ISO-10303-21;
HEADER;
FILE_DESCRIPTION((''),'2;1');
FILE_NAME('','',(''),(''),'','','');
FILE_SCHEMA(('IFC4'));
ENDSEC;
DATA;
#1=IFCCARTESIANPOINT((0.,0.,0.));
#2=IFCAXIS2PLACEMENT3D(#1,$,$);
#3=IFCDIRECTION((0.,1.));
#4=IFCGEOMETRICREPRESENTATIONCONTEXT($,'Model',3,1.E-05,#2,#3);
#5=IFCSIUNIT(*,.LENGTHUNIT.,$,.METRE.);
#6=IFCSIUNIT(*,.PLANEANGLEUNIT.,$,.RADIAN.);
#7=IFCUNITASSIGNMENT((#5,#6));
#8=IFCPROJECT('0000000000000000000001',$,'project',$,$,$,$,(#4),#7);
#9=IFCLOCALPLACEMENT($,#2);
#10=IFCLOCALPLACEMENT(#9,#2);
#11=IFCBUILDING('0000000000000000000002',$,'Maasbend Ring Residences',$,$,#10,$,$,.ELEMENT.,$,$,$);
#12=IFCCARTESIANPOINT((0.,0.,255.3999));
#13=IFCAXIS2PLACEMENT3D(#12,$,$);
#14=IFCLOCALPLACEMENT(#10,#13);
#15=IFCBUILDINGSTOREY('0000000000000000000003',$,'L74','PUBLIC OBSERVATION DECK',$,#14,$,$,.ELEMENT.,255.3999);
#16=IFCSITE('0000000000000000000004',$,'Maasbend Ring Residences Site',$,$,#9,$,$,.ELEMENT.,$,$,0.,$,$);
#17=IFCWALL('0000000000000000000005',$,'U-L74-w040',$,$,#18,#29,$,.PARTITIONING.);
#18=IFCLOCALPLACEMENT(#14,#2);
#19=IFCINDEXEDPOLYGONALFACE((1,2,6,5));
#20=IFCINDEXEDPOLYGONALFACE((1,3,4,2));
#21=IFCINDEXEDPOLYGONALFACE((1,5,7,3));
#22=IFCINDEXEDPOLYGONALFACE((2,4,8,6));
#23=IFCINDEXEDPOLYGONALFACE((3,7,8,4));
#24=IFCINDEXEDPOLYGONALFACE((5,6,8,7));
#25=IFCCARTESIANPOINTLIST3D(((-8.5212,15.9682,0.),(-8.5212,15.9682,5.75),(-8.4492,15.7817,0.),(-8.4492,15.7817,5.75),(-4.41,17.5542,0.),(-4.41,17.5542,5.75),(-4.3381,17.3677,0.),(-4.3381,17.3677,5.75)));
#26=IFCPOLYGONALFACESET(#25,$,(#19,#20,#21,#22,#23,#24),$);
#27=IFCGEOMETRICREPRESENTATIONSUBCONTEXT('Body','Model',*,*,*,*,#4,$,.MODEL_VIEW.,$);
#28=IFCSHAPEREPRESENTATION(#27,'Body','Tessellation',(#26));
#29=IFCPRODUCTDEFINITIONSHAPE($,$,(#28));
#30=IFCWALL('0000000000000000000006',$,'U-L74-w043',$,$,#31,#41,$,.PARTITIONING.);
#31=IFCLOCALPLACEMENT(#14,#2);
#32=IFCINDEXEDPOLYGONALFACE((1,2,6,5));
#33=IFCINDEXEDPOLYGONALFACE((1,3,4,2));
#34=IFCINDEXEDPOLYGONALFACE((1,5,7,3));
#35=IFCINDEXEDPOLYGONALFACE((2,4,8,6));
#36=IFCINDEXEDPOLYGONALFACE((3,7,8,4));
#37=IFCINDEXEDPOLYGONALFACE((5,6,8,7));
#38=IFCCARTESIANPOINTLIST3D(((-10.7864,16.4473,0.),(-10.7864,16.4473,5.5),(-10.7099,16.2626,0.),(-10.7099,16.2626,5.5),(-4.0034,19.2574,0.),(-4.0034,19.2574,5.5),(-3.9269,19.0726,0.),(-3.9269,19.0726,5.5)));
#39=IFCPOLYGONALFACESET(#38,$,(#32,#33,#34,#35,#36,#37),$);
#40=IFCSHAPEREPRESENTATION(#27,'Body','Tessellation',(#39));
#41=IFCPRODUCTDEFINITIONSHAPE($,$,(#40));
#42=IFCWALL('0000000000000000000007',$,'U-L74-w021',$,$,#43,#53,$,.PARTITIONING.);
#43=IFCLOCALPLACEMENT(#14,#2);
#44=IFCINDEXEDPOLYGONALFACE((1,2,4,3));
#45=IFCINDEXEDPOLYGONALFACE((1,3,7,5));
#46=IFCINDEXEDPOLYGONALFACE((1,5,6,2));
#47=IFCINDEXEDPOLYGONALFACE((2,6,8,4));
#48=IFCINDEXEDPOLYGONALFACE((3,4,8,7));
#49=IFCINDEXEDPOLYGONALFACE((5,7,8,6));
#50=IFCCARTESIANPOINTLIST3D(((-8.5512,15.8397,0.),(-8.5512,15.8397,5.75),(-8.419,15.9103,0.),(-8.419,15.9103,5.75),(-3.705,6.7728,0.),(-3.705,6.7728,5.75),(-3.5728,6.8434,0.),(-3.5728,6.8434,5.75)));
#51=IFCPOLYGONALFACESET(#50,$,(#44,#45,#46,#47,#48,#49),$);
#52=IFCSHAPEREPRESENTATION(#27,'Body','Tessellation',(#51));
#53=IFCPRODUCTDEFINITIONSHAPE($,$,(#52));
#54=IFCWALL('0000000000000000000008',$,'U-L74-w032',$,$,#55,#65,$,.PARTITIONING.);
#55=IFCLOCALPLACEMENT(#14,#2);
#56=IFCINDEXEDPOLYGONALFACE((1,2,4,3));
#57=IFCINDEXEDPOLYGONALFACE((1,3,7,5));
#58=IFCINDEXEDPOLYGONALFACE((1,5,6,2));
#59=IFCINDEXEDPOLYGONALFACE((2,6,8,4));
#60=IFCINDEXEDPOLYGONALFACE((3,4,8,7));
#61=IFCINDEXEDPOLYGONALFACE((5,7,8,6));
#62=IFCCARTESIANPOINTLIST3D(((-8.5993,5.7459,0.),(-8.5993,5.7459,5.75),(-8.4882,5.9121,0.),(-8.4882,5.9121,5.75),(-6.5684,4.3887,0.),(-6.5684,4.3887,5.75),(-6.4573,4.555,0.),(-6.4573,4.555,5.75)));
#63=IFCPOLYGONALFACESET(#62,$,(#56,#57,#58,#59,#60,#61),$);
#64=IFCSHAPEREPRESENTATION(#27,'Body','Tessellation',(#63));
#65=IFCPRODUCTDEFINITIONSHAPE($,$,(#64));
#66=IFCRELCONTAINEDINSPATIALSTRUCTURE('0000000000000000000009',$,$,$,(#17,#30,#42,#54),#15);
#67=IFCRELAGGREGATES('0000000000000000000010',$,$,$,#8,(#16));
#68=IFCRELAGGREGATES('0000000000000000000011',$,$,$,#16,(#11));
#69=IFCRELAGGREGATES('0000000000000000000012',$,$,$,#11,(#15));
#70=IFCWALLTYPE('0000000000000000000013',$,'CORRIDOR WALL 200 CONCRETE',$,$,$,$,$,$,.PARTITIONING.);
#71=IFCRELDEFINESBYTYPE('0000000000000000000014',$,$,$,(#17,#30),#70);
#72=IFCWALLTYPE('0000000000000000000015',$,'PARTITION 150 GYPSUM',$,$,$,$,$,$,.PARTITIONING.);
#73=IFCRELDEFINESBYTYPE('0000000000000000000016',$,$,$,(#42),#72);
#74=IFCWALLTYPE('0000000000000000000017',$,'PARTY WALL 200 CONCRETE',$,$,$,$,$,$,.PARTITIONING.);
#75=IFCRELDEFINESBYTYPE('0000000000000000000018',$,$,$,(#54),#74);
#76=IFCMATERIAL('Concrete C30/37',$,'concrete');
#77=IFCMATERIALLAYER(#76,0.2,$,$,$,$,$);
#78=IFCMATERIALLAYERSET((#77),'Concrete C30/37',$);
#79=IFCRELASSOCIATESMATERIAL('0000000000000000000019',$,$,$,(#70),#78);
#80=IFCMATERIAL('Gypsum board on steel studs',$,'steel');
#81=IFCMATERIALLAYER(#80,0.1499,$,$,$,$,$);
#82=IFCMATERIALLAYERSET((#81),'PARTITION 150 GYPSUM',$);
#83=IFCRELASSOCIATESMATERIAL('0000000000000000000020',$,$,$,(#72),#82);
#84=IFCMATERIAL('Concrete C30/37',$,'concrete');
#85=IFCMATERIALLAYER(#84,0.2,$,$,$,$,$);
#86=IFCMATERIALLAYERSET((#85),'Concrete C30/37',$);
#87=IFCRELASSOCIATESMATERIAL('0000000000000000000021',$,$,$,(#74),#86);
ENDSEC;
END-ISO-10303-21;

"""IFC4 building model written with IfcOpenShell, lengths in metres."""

from ifc_helpers import new_model, si_unit, direction, frame, frame_2d, origin, place, context, subcontext, project, spatial, rectangle, extrude, material, layer, layer_set, type_object, element, save


model = new_model("IFC4")

# Units and contexts
model_context = context("Model", 3, precision=1e-05, world=origin(), true_north=direction((0.0, 1.0)))
body_context = subcontext(model_context, "Body", "Model", "MODEL_VIEW")
ifc_project = project(units=[si_unit("LENGTHUNIT", "METRE"), si_unit("PLANEANGLEUNIT", "RADIAN")], contexts=[model_context])

# Site, building, storey
site_placement = place(None, origin())
site = spatial("IfcSite", under=ifc_project, at=site_placement, Name="Maasbend Ring Residences Site", CompositionType="ELEMENT", RefElevation=0.0)
building_placement = place(site_placement, origin())
building = spatial("IfcBuilding", under=site, at=building_placement, Name="Maasbend Ring Residences", CompositionType="ELEMENT")
storey_placement = place(building_placement, frame((0.0, 0.0, 255.3999)))
storey = spatial("IfcBuildingStorey", under=building, at=storey_placement, Name="L74", Description="PUBLIC OBSERVATION DECK", CompositionType="ELEMENT", Elevation=255.3999)

# Walls
ifc_material_1 = material(Name="Concrete C30/37", Category="concrete")
ifc_layer_1 = layer(ifc_material_1, 0.2)
ifc_layer_set_1 = layer_set([ifc_layer_1], Name="Concrete C30/37")
wall_type_1 = type_object("IfcWallType", Name="CORRIDOR WALL 200 CONCRETE", PredefinedType="PARTITIONING", material=ifc_layer_set_1)
wall_1_placement = place(storey_placement, frame((-8.4851, 15.875, 0.0), z_axis=(0.0, 0.0, 1.0), x_axis=(0.932984, 0.359918, 0.0)))
element("IfcWall", 1, at=wall_1_placement, inside=storey, type_object=wall_type_1, Name="U-L74-w040", PredefinedType="PARTITIONING", context=body_context, shape_type="SweptSolid", body=[
    extrude(rectangle(XDim=4.4065, YDim=0.2, at=frame_2d((2.2031, 0.0))), origin(), (0.0, 0.0, 1.0), 5.75),
])
wall_2_placement = place(storey_placement, frame((-10.748, 16.355, 0.0), z_axis=(0.0, 0.0, 1.0), x_axis=(0.923857, 0.382737, 0.0)))
element("IfcWall", 2, at=wall_2_placement, inside=storey, type_object=wall_type_1, Name="U-L74-w043", PredefinedType="PARTITIONING", context=body_context, shape_type="SweptSolid", body=[
    extrude(rectangle(XDim=7.342, YDim=0.2, at=frame_2d((3.6709, 0.0))), origin(), (0.0, 0.0, 1.0), 5.5),
])
ifc_material_2 = material(Name="Gypsum board on steel studs", Category="steel")
ifc_layer_2 = layer(ifc_material_2, 0.1499)
ifc_layer_set_2 = layer_set([ifc_layer_2], Name="PARTITION 150 GYPSUM")
wall_type_2 = type_object("IfcWallType", Name="PARTITION 150 GYPSUM", PredefinedType="PARTITIONING", material=ifc_layer_set_2)
wall_3_placement = place(storey_placement, frame((-8.4851, 15.875, 0.0), z_axis=(0.0, 0.0, 1.0), x_axis=(0.471384, -0.881928, 0.0)))
element("IfcWall", 3, at=wall_3_placement, inside=storey, type_object=wall_type_2, Name="U-L74-w021", PredefinedType="PARTITIONING", context=body_context, shape_type="SweptSolid", body=[
    extrude(rectangle(XDim=10.2808, YDim=0.1499, at=frame_2d((5.1404, 0.0))), origin(), (0.0, 0.0, 1.0), 5.75),
])
ifc_material_3 = material(Name="Concrete C30/37", Category="concrete")
ifc_layer_3 = layer(ifc_material_3, 0.2)
ifc_layer_set_3 = layer_set([ifc_layer_3], Name="Concrete C30/37")
wall_type_3 = type_object("IfcWallType", Name="PARTY WALL 200 CONCRETE", PredefinedType="PARTITIONING", material=ifc_layer_set_3)
wall_4_placement = place(storey_placement, frame((-6.5129, 4.4719, 0.0), z_axis=(0.0, 0.0, 1.0), x_axis=(-0.83145, 0.555599, 0.0)))
element("IfcWall", 4, at=wall_4_placement, inside=storey, type_object=wall_type_3, Name="U-L74-w032", PredefinedType="PARTITIONING", context=body_context, shape_type="SweptSolid", body=[
    extrude(rectangle(XDim=2.4426, YDim=0.2, at=frame_2d((1.2212, 0.0))), origin(), (0.0, 0.0, 1.0), 5.75),
])

save(model, "model.ifc")
